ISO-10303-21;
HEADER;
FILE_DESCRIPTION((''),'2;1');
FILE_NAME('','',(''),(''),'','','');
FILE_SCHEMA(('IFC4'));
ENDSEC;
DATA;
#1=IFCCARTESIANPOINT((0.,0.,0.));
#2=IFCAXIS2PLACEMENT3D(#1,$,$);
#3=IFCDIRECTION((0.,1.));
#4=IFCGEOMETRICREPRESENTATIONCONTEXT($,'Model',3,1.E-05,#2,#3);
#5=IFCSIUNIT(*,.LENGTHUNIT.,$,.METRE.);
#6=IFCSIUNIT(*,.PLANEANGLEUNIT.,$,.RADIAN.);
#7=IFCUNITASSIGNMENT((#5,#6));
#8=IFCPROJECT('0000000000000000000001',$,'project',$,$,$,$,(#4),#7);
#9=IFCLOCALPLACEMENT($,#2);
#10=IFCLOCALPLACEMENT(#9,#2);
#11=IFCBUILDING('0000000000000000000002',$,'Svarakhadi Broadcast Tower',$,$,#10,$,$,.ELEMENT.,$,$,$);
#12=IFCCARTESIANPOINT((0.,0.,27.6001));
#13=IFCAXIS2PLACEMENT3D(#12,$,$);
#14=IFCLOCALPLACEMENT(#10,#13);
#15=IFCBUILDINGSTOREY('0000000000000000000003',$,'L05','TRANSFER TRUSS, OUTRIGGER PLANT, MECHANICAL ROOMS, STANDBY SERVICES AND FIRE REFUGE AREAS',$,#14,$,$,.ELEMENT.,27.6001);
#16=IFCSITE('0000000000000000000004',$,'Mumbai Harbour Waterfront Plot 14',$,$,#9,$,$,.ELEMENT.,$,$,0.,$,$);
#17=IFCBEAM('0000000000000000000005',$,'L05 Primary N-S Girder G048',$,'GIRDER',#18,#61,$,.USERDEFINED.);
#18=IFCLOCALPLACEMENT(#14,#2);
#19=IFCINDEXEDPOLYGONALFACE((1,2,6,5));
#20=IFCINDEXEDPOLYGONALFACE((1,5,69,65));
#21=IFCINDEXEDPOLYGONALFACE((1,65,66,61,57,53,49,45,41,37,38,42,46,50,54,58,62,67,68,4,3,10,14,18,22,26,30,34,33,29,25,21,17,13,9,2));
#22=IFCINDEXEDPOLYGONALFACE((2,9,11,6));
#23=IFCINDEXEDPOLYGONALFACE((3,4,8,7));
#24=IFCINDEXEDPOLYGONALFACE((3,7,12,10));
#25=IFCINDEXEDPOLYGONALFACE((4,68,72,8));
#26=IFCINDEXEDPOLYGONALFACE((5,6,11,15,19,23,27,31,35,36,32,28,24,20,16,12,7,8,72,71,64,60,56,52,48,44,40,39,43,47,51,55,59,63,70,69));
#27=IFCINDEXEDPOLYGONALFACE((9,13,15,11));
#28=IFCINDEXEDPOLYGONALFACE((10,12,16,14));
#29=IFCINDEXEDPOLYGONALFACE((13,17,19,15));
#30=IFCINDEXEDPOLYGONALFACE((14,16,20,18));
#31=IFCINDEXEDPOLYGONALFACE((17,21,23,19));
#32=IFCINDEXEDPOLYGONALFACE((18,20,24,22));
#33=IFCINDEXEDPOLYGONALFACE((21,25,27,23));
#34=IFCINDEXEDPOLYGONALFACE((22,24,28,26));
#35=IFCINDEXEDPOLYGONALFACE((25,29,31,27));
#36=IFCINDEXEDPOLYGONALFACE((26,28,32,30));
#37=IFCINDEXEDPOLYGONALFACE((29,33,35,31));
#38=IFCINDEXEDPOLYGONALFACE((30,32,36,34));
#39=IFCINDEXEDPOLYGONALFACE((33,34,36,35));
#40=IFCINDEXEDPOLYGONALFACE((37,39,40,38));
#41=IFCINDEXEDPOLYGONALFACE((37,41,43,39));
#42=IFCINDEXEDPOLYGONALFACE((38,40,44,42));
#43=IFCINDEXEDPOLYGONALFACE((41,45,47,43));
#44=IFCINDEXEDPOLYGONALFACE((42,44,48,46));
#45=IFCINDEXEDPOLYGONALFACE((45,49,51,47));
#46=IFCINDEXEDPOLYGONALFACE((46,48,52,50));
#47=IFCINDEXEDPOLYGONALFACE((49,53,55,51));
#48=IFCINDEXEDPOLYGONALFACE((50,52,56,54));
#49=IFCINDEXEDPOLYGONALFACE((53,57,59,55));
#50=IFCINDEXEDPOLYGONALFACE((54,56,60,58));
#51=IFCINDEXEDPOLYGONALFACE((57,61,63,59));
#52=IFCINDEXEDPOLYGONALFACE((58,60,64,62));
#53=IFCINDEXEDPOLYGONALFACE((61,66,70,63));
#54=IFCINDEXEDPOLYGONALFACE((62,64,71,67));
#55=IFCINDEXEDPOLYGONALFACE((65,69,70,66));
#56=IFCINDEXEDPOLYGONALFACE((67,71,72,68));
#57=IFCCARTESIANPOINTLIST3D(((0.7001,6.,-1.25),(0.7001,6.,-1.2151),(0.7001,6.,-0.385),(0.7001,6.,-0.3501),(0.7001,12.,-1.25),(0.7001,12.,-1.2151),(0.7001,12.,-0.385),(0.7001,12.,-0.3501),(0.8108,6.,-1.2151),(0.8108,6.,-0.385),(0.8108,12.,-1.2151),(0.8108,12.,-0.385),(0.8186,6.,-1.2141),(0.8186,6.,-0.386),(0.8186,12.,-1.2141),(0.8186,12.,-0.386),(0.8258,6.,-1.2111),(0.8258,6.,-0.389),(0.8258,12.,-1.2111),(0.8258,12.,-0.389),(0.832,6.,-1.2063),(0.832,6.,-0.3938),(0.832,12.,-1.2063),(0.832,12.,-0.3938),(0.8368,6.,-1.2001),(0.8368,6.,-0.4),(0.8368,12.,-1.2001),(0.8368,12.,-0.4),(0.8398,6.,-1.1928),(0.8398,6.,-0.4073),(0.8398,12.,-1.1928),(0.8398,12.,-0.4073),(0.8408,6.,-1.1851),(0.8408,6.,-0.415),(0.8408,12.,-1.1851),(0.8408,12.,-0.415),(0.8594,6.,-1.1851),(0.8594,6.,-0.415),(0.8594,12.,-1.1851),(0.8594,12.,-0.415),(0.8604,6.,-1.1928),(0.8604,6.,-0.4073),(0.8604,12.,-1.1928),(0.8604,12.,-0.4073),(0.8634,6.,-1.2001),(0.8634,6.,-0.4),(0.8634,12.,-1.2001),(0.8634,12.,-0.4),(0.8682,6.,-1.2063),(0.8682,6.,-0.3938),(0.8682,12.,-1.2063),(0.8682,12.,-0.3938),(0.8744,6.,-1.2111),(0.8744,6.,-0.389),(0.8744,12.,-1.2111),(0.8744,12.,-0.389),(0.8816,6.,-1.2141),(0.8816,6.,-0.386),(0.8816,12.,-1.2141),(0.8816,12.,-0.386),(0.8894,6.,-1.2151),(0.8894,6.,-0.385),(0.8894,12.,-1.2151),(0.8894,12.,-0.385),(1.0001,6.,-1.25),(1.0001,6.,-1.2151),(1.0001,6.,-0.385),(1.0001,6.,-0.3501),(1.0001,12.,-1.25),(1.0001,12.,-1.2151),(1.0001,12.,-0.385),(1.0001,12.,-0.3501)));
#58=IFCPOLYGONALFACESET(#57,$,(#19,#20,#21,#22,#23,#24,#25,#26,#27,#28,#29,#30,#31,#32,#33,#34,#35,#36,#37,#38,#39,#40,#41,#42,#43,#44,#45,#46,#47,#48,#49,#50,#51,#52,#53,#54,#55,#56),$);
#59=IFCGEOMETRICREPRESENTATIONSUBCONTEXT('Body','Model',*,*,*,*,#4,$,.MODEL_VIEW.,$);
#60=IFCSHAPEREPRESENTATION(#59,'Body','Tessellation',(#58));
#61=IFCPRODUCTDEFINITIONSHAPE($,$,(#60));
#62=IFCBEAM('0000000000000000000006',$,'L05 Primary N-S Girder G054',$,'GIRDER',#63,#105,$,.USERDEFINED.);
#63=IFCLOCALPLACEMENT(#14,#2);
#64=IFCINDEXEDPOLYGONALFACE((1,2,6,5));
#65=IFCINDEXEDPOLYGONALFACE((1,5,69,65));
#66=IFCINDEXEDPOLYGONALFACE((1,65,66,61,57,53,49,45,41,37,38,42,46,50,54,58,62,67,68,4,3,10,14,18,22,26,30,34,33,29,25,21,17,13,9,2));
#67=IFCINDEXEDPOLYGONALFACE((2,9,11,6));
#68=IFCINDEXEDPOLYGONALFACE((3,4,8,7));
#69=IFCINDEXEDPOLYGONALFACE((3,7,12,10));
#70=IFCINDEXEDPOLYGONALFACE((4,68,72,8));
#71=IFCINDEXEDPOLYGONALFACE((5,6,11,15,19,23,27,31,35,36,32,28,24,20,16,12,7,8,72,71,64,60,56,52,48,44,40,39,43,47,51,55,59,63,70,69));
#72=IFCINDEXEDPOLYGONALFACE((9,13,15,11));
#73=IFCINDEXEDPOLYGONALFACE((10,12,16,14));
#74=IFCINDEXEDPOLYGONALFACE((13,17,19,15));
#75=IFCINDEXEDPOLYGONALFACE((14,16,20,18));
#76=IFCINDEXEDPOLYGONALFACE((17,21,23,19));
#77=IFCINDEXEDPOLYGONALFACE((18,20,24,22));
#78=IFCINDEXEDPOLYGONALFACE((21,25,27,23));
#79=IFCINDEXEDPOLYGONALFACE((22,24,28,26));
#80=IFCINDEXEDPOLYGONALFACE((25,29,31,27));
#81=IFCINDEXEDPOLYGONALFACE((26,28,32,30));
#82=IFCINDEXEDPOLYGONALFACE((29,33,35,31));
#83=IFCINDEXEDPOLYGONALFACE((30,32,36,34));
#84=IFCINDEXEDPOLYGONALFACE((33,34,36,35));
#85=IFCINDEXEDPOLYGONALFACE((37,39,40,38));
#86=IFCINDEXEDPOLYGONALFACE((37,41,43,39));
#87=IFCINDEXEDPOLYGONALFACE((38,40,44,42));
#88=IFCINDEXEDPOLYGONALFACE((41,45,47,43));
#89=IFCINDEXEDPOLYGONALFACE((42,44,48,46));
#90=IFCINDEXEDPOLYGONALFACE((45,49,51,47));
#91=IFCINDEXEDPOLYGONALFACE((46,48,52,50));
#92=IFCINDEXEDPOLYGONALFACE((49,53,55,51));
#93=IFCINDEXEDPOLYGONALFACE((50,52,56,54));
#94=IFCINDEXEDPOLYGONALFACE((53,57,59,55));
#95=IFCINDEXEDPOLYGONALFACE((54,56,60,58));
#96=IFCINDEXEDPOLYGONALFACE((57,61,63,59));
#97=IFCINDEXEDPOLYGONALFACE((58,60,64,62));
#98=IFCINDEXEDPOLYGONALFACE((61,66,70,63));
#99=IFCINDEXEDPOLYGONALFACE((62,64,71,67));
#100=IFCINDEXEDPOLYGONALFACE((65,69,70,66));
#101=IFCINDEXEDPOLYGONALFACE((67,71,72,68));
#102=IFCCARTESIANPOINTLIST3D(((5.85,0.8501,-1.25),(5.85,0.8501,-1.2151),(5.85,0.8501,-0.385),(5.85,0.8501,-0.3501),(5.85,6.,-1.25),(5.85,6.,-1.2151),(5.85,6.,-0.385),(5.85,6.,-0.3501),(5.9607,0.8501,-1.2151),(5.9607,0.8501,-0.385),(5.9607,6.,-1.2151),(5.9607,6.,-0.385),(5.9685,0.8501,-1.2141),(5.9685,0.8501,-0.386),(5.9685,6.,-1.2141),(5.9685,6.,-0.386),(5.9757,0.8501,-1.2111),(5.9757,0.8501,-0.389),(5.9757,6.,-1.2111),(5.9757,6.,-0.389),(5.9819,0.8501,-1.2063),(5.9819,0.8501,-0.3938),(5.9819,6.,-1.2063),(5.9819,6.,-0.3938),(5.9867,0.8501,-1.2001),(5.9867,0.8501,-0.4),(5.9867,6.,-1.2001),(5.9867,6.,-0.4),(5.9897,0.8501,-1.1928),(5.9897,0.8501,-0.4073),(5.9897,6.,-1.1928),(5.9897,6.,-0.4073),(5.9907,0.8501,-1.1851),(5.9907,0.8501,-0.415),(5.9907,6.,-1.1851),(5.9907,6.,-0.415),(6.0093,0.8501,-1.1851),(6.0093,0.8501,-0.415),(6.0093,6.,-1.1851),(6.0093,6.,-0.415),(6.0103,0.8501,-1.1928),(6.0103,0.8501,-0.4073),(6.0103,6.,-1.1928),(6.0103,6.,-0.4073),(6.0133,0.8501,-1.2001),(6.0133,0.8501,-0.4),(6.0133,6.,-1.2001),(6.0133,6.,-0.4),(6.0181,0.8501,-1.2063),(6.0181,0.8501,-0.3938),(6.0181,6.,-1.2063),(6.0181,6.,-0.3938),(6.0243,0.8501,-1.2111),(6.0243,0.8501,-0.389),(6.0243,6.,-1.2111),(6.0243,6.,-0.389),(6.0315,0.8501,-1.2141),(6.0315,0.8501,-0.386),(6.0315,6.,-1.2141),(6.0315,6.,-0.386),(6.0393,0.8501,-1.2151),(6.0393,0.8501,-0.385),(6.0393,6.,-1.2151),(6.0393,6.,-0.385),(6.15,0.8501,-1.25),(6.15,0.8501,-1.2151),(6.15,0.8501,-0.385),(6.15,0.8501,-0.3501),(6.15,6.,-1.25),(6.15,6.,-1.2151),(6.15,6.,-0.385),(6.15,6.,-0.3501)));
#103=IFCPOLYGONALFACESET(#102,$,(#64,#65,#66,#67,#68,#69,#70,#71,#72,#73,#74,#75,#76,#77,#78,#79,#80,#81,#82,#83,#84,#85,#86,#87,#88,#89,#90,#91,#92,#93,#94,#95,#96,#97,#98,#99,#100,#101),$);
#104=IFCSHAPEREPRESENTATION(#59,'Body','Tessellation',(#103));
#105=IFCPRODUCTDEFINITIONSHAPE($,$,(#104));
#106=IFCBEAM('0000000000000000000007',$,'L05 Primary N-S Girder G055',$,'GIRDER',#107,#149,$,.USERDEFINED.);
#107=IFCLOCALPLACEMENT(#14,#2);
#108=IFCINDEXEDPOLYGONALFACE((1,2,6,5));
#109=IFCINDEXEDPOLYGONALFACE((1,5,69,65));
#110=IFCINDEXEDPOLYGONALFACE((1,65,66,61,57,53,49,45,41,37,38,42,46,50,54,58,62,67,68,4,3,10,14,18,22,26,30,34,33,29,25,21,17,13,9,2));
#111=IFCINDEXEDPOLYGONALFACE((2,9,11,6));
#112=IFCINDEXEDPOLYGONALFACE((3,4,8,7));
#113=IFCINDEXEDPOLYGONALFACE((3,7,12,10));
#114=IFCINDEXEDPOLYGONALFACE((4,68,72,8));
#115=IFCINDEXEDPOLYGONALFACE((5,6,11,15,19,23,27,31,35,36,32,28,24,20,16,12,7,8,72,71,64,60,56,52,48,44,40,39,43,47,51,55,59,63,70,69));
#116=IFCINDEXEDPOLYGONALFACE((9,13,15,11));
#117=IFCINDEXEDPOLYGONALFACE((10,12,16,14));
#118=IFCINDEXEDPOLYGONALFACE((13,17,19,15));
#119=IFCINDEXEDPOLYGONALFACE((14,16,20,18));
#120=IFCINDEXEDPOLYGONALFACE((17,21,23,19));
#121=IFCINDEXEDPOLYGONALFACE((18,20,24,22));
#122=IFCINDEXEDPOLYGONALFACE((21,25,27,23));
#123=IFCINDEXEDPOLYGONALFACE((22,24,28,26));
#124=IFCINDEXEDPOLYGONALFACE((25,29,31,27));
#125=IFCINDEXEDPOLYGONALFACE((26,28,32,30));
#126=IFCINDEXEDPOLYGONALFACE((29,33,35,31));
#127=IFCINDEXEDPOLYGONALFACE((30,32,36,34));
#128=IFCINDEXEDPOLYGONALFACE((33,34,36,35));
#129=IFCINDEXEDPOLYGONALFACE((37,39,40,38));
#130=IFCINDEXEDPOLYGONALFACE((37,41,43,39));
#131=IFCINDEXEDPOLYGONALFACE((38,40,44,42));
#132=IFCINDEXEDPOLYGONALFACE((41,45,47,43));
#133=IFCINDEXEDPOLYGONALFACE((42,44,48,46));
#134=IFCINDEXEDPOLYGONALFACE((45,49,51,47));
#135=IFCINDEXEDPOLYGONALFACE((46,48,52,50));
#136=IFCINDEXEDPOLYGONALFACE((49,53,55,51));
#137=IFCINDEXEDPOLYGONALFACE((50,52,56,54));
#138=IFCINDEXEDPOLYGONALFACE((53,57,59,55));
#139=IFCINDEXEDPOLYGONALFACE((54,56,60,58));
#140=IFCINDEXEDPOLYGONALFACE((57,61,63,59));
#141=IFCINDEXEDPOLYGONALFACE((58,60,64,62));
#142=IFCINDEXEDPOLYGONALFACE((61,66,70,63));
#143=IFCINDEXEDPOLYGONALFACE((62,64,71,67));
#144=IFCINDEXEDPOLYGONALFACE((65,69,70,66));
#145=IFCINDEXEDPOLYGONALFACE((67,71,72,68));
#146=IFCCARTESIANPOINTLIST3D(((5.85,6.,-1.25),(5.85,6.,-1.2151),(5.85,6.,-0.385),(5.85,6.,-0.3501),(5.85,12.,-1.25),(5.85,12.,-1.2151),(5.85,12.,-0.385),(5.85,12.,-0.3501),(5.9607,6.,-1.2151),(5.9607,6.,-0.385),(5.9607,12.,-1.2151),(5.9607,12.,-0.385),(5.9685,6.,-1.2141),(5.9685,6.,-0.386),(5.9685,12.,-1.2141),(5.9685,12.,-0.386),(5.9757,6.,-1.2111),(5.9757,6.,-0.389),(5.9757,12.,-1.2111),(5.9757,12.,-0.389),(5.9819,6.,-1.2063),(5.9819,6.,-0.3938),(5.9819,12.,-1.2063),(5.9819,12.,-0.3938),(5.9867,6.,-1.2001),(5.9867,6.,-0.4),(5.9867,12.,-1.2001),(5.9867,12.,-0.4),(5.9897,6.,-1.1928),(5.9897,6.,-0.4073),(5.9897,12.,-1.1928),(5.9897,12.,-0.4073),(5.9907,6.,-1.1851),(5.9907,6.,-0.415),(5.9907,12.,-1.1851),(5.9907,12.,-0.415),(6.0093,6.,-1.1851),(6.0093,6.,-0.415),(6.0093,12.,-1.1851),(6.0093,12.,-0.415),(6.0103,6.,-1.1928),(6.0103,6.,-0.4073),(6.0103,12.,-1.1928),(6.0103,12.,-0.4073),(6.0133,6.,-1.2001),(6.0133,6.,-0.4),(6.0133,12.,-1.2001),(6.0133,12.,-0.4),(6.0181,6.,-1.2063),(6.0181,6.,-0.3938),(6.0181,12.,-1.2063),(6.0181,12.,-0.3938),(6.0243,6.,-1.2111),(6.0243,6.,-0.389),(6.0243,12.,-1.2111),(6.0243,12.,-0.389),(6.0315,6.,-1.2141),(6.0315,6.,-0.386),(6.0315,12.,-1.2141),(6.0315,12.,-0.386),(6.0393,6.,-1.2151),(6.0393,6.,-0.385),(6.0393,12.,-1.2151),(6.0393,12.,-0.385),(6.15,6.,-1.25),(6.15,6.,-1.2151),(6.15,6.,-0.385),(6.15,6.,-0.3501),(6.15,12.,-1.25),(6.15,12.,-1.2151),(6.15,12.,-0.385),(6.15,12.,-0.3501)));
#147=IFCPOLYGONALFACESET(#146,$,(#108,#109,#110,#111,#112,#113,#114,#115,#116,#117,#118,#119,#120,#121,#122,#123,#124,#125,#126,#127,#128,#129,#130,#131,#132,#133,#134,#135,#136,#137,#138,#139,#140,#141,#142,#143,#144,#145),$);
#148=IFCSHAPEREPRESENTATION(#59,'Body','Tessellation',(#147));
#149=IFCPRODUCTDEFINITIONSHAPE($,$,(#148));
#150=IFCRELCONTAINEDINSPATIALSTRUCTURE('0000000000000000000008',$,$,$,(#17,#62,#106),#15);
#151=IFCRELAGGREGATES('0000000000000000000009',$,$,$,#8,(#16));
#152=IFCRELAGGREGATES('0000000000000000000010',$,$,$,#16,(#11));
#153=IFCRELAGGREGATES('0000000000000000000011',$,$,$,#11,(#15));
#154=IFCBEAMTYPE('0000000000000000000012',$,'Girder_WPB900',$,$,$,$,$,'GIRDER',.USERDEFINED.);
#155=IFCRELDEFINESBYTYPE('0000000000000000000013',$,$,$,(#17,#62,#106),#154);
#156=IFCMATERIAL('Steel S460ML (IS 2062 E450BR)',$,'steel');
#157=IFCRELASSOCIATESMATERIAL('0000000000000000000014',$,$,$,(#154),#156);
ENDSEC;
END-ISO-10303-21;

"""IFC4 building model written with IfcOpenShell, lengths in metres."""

from ifc_helpers import new_model, si_unit, direction, frame, origin, origin_2d, place, context, subcontext, project, spatial, i_section, extrude, material, material_profile, profile_set, type_object, element, save


model = new_model("IFC4")

# Units and contexts
model_context = context("Model", 3, precision=1e-05, world=origin(), true_north=direction((0.0, 1.0)))
body_context = subcontext(model_context, "Body", "Model", "MODEL_VIEW")
ifc_project = project(units=[si_unit("LENGTHUNIT", "METRE"), si_unit("PLANEANGLEUNIT", "RADIAN")], contexts=[model_context])

# Site, building, storey
site_placement = place(None, origin())
site = spatial("IfcSite", under=ifc_project, at=site_placement, Name="Mumbai Harbour Waterfront Plot 14", CompositionType="ELEMENT", RefElevation=0.0)
building_placement = place(site_placement, origin())
building = spatial("IfcBuilding", under=site, at=building_placement, Name="Svarakhadi Broadcast Tower", CompositionType="ELEMENT")
storey_placement = place(building_placement, frame((0.0, 0.0, 27.6001)))
storey = spatial("IfcBuildingStorey", under=building, at=storey_placement, Name="L05", Description="TRANSFER TRUSS, OUTRIGGER PLANT, MECHANICAL ROOMS, STANDBY SERVICES AND FIRE REFUGE AREAS", CompositionType="ELEMENT", Elevation=27.6001)

# Shared definitions
ifc_material_1 = material(Name="Steel S460ML (IS 2062 E450BR)", Category="steel")

# Beams
ifc_material_profile_1 = material_profile(ifc_material_1, i_section(OverallWidth=0.3, OverallDepth=0.8999, WebThickness=0.0186, FlangeThickness=0.0349, FilletRadius=0.03, at=origin_2d()), Name="WPB 900x300x291")
ifc_profile_set_1 = profile_set([ifc_material_profile_1], Name="Steel S460ML (IS 2062 E450BR)")
beam_type_1 = type_object("IfcBeamType", Name="Girder_WPB900", ElementType="GIRDER", PredefinedType="USERDEFINED", material=ifc_profile_set_1)
for number, where, z_axis, x_axis, name in (
    (1, (0.8501, 6.0, -0.8), (0.0, 1.0, 0.0), (-1.0, 0.0, 0.0), "L05 Primary N-S Girder G048"),
):
    element("IfcBeam", number, at=place(storey_placement, frame(where, z_axis=z_axis, x_axis=x_axis)), inside=storey, type_object=beam_type_1, Name=name, ObjectType="GIRDER", PredefinedType="USERDEFINED", context=body_context, shape_type="SweptSolid", body=[
        extrude(i_section(OverallWidth=0.3, OverallDepth=0.8999, WebThickness=0.0186, FlangeThickness=0.0349, FilletRadius=0.03, at=origin_2d()), origin(), (0.0, 0.0, 1.0), 6.0),
    ])
beam_1_placement = place(storey_placement, frame((6.0, 0.8501, -0.8), z_axis=(0.0, 1.0, 0.0), x_axis=(-1.0, 0.0, 0.0)))
element("IfcBeam", 2, at=beam_1_placement, inside=storey, type_object=beam_type_1, Name="L05 Primary N-S Girder G054", ObjectType="GIRDER", PredefinedType="USERDEFINED", context=body_context, shape_type="SweptSolid", body=[
    extrude(i_section(OverallWidth=0.3, OverallDepth=0.8999, WebThickness=0.0186, FlangeThickness=0.0349, FilletRadius=0.03, at=origin_2d()), origin(), (0.0, 0.0, 1.0), 5.1499),
])
beam_2_placement = place(storey_placement, frame((6.0, 6.0, -0.8), z_axis=(0.0, 1.0, 0.0), x_axis=(-1.0, 0.0, 0.0)))
element("IfcBeam", 3, at=beam_2_placement, inside=storey, type_object=beam_type_1, Name="L05 Primary N-S Girder G055", ObjectType="GIRDER", PredefinedType="USERDEFINED", context=body_context, shape_type="SweptSolid", body=[
    extrude(i_section(OverallWidth=0.3, OverallDepth=0.8999, WebThickness=0.0186, FlangeThickness=0.0349, FilletRadius=0.03, at=origin_2d()), origin(), (0.0, 0.0, 1.0), 6.0),
])

save(model, "model.ifc")
